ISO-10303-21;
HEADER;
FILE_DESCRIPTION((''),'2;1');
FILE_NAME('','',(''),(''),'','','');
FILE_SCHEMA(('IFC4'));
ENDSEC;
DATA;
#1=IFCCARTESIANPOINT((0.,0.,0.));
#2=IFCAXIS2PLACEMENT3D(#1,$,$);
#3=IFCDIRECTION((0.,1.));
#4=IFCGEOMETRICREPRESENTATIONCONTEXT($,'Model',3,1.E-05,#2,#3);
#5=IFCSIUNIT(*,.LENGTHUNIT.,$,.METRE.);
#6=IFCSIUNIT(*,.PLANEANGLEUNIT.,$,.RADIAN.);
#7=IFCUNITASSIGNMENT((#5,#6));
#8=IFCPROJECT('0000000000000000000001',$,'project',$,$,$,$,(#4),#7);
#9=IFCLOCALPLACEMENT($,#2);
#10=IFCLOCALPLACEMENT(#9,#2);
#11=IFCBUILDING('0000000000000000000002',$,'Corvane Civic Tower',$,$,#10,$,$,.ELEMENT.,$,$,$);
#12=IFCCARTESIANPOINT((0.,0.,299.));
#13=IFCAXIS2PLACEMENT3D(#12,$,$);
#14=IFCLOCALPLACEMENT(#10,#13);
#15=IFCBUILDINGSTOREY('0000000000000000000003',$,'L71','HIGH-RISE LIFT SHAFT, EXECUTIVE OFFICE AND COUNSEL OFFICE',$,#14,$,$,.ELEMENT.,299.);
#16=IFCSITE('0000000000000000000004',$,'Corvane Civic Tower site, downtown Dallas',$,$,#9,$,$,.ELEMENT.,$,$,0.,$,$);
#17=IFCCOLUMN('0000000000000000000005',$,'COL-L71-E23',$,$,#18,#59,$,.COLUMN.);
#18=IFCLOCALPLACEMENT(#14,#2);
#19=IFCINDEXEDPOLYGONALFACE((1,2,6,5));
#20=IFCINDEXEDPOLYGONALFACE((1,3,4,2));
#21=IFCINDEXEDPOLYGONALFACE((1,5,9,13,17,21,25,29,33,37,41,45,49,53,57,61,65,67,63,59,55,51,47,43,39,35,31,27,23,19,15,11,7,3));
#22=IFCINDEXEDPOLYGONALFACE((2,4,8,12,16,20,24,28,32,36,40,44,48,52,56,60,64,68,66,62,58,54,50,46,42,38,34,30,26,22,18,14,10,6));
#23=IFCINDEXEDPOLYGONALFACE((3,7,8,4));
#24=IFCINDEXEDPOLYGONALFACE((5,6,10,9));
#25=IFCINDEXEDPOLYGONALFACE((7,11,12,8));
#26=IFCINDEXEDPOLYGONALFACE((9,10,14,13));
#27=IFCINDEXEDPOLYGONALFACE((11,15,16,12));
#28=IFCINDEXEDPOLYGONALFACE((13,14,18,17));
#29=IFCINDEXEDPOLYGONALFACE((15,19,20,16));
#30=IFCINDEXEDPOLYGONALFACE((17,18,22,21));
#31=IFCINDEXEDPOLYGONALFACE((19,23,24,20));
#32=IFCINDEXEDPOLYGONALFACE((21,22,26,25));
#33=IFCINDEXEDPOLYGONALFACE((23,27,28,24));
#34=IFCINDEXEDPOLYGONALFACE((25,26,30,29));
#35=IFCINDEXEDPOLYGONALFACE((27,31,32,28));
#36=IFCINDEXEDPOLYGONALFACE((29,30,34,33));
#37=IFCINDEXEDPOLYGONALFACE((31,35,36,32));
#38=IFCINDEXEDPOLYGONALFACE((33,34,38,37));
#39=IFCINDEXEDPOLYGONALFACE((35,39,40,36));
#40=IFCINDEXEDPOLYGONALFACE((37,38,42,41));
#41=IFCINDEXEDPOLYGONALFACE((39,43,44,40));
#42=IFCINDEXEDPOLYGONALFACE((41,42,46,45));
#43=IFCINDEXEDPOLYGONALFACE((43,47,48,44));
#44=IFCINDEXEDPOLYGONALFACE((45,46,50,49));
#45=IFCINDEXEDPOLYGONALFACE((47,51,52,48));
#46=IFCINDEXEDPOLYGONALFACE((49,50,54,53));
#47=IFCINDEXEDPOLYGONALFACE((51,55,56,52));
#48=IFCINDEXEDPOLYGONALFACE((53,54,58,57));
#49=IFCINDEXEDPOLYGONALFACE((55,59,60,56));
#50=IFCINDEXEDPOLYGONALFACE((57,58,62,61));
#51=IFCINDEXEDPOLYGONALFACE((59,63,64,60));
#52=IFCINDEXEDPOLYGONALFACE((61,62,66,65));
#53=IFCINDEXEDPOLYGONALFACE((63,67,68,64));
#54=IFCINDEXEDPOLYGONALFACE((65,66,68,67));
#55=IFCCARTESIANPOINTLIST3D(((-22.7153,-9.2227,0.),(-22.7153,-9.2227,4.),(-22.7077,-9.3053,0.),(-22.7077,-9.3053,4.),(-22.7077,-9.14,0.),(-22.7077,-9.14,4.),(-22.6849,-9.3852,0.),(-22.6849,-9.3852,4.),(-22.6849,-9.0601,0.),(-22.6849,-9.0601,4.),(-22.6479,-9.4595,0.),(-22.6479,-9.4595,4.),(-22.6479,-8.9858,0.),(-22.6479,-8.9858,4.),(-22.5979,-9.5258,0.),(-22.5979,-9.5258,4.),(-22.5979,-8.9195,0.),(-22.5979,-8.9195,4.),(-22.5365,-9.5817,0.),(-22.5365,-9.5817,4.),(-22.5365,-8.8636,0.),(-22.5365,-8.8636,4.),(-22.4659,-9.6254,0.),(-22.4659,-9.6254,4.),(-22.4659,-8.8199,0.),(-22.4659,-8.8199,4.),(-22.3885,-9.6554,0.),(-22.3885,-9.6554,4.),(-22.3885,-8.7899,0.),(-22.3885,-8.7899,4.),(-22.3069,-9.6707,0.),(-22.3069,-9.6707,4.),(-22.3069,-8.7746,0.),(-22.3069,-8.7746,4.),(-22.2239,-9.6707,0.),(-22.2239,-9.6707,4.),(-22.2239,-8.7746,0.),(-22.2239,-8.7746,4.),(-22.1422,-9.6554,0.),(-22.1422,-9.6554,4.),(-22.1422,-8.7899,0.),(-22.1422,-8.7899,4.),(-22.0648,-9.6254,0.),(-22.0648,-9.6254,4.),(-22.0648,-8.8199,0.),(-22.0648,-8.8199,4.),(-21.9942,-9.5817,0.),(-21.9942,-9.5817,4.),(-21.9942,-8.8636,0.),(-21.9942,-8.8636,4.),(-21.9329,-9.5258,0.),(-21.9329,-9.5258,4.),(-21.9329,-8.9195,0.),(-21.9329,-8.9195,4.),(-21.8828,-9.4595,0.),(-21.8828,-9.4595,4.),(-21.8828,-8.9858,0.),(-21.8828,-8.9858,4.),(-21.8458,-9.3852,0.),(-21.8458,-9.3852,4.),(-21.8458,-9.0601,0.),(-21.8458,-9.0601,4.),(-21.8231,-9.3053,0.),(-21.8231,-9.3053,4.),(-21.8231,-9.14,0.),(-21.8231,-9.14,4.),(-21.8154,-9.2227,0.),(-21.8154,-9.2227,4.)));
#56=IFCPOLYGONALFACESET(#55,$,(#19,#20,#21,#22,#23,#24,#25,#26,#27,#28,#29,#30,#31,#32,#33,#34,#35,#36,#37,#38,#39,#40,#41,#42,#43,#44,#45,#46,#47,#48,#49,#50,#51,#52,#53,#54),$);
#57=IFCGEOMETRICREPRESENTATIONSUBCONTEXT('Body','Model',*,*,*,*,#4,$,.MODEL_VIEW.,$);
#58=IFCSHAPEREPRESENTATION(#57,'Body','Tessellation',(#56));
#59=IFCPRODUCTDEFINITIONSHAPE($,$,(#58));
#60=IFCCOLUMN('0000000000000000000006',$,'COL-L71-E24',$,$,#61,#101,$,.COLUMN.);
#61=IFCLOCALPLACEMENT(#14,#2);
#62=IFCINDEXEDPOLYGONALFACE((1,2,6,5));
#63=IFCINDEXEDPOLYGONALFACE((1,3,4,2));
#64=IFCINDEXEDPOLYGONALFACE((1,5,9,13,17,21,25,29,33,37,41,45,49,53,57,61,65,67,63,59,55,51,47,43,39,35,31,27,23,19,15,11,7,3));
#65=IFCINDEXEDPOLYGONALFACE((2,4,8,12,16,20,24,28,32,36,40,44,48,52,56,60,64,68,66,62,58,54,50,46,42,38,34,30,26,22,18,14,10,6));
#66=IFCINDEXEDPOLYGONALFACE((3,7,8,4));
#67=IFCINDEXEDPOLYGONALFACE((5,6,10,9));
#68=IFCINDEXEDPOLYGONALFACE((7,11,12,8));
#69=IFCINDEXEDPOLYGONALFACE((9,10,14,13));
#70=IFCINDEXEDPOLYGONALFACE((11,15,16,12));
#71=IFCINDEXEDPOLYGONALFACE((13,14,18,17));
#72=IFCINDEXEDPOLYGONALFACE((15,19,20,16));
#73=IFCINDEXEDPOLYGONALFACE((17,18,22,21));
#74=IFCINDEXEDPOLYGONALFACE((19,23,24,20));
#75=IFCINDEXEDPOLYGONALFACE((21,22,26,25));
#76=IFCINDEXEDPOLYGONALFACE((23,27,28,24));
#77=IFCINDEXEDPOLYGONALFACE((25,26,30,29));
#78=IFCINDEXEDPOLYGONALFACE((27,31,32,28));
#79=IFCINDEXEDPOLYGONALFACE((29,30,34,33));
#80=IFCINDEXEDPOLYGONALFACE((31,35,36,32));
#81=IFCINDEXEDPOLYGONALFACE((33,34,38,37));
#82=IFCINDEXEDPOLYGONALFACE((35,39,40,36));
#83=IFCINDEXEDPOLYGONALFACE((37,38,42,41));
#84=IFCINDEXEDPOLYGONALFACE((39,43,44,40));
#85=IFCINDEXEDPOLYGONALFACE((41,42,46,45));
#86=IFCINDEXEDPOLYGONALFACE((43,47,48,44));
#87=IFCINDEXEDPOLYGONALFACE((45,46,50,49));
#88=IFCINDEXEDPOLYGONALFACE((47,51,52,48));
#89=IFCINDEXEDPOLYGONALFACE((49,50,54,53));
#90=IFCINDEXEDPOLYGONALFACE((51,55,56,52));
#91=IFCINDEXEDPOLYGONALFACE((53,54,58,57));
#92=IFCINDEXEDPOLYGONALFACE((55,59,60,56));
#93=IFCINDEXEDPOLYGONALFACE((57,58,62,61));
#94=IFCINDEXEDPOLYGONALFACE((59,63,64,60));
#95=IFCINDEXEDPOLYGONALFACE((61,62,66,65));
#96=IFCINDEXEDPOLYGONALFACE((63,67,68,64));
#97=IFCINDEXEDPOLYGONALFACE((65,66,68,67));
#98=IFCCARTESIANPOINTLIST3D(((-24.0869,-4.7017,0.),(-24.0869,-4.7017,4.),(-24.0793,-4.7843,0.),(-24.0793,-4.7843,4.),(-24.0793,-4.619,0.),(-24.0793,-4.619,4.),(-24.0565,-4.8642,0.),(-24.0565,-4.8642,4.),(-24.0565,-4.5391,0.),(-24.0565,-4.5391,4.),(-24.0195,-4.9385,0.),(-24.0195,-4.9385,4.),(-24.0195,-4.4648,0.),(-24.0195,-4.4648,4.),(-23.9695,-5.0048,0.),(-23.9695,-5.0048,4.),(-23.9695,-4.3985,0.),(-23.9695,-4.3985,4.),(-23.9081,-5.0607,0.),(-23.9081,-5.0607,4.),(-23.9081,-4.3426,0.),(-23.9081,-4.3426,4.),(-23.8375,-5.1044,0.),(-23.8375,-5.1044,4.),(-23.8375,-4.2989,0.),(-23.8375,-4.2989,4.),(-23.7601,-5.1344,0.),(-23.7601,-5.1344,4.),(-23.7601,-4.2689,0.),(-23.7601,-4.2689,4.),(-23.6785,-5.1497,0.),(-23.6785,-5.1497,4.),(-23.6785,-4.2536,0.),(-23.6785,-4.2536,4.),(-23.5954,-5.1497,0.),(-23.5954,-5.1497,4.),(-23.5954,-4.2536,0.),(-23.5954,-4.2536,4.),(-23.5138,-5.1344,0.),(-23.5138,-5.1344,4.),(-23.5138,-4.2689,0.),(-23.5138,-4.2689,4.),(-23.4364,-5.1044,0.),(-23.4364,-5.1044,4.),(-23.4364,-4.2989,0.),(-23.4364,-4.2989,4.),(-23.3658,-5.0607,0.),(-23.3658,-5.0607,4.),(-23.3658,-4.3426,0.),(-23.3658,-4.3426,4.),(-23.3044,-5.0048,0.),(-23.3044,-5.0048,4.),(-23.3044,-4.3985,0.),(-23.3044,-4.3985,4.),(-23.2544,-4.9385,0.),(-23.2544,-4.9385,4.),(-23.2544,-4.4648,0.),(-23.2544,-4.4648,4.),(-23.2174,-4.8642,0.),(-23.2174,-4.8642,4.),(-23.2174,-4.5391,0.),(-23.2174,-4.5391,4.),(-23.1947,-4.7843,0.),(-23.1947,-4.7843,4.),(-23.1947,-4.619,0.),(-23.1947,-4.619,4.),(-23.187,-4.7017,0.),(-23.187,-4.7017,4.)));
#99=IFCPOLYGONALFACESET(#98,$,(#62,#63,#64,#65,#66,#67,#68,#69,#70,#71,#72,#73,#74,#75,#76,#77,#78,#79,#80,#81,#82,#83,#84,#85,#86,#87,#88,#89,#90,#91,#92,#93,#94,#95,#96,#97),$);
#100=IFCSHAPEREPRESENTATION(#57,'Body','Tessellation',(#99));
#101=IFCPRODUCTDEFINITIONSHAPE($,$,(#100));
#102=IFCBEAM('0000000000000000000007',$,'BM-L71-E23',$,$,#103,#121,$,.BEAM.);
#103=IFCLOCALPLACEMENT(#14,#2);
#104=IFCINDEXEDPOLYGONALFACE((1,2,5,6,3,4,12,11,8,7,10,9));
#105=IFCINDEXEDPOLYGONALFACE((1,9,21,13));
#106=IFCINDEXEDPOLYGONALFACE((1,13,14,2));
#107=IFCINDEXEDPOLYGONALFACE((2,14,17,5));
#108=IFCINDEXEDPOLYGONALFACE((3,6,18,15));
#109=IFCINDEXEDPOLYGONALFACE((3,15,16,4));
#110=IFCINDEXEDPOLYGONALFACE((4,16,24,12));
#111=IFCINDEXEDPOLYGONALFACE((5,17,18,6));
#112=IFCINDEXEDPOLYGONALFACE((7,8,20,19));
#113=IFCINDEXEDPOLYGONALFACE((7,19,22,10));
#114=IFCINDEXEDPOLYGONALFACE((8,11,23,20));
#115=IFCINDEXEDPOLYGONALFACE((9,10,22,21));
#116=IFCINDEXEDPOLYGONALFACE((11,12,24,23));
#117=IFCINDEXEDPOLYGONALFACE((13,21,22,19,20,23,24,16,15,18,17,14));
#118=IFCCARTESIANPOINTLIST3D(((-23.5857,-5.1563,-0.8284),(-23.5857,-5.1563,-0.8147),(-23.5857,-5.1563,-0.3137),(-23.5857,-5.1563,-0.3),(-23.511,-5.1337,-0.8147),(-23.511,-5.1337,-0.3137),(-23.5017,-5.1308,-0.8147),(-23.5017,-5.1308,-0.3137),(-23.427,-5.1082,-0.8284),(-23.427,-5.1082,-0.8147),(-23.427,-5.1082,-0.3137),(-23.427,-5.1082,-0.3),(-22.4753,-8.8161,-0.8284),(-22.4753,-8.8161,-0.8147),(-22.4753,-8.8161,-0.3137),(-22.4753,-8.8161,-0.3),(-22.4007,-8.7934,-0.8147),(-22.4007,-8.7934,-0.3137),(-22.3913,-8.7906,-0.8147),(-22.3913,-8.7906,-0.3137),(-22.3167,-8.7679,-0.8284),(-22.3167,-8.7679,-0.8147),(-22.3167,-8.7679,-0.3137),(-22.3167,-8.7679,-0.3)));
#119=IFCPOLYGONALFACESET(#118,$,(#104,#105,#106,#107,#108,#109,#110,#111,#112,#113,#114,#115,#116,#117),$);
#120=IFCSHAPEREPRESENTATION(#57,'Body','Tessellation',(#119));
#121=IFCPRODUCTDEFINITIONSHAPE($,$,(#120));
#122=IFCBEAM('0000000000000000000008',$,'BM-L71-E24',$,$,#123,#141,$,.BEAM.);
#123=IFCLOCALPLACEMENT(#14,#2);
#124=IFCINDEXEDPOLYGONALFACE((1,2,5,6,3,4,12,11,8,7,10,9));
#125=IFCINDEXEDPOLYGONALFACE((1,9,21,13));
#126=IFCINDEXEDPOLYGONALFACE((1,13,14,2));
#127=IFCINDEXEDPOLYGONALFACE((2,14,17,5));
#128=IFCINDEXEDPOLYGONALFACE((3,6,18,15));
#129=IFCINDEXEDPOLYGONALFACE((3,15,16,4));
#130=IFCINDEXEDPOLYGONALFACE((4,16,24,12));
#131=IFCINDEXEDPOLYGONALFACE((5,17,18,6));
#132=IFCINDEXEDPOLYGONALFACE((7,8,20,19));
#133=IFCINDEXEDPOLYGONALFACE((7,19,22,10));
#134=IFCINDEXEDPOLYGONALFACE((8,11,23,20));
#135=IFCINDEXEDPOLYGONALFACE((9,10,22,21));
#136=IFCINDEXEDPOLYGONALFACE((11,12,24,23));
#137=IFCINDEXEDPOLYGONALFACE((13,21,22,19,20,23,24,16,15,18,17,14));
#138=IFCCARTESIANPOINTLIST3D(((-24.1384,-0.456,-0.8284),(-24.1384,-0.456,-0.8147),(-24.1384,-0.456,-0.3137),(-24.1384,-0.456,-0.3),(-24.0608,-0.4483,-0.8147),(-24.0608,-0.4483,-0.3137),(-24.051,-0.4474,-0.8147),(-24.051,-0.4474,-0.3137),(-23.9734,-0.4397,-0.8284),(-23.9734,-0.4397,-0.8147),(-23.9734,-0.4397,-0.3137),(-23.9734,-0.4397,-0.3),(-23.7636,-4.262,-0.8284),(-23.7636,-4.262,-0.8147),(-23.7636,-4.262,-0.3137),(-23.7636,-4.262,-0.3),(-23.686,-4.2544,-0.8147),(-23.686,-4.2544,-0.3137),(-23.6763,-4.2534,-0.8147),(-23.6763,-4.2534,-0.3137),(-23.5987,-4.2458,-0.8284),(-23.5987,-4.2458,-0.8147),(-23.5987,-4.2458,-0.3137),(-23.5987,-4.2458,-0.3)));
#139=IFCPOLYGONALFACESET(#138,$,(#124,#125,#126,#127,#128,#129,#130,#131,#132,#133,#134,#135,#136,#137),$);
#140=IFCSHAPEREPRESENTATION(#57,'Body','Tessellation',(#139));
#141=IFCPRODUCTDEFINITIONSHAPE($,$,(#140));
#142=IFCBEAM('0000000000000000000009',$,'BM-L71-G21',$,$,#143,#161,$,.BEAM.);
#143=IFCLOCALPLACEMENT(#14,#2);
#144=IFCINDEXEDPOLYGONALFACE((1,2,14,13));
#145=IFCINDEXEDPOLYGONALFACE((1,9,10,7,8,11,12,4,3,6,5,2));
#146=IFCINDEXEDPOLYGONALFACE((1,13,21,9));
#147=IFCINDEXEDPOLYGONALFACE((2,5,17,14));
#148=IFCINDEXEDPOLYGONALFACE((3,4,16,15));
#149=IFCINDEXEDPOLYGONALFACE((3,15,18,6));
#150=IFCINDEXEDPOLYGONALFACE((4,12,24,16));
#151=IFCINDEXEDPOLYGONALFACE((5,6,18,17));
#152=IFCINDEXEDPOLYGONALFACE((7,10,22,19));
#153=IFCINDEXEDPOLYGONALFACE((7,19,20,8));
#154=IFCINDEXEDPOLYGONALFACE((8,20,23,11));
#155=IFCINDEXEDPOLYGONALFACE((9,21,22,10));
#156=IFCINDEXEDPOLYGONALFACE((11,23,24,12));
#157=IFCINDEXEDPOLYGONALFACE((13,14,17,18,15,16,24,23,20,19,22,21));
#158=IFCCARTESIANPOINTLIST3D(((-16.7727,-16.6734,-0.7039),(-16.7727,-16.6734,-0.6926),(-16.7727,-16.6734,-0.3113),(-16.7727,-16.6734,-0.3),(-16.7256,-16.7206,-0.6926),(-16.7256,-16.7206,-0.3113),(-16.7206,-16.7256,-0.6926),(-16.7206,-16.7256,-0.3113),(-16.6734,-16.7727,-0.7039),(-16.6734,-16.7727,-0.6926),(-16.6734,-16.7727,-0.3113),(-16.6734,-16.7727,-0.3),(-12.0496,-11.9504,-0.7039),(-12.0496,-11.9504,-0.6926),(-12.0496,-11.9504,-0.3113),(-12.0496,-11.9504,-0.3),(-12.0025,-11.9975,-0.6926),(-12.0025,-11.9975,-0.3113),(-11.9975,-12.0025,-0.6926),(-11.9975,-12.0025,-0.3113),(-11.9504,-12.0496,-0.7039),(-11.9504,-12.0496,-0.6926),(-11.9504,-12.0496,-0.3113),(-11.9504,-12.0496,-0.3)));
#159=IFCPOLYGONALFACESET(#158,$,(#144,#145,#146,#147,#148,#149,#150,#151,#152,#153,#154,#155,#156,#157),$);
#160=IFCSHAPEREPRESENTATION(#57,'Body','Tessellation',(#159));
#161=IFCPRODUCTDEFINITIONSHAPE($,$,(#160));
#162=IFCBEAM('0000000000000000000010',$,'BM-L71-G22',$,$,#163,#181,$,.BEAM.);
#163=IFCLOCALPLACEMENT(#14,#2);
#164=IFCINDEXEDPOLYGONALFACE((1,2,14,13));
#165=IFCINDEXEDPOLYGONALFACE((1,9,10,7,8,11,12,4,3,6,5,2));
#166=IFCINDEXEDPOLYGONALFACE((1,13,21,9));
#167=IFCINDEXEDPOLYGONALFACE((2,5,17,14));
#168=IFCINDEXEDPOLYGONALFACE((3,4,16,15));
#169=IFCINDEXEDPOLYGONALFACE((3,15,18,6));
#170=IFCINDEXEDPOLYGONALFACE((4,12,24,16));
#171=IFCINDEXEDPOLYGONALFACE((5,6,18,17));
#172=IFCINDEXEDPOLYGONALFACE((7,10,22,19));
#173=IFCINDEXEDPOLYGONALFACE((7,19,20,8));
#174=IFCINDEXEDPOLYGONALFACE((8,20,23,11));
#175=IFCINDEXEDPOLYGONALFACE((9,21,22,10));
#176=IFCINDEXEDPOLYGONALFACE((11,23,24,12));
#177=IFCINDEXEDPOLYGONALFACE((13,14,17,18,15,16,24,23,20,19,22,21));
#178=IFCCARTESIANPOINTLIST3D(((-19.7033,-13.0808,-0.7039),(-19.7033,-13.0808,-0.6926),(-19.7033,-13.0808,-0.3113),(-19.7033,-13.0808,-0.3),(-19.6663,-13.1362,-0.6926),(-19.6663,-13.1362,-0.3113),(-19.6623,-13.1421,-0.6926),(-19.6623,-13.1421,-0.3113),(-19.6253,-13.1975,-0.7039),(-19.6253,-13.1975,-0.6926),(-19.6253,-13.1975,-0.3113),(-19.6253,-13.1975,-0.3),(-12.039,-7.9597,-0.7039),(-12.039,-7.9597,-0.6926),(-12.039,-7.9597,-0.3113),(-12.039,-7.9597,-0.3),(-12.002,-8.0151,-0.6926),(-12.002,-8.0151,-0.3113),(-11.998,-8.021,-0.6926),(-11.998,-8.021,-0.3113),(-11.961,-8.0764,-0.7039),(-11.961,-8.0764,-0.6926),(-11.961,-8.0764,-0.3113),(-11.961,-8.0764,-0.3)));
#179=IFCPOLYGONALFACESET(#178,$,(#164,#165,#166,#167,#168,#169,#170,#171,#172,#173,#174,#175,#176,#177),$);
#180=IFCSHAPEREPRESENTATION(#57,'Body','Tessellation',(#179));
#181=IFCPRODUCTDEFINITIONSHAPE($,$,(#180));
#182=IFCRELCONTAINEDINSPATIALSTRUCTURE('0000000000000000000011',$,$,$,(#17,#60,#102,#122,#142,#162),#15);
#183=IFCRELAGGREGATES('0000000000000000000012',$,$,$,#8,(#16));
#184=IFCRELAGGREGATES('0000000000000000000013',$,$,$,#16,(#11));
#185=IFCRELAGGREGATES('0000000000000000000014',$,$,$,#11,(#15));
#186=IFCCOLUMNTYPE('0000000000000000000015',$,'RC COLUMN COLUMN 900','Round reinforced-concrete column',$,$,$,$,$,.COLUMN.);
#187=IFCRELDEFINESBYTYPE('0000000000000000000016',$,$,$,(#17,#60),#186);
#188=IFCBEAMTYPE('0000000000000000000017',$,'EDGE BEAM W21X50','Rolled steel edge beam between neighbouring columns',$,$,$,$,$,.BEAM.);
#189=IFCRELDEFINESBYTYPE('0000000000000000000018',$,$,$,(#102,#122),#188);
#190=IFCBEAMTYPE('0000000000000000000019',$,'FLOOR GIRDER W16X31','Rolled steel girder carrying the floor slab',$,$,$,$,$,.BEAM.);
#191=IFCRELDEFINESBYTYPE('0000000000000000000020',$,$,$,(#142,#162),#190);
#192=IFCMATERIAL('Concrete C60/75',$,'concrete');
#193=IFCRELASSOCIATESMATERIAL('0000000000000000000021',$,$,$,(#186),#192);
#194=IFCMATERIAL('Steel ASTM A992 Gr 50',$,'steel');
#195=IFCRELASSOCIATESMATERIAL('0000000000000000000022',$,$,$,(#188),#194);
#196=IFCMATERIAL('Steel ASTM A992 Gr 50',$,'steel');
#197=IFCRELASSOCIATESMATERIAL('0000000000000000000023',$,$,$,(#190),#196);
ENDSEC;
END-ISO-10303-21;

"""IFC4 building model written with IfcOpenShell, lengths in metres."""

from ifc_helpers import new_model, si_unit, direction, frame, origin, origin_2d, place, context, subcontext, project, spatial, circle, i_section, extrude, material, material_profile, profile_set, type_object, element, save


model = new_model("IFC4")

# Units and contexts
model_context = context("Model", 3, precision=1e-05, world=origin(), true_north=direction((0.0, 1.0)))
body_context = subcontext(model_context, "Body", "Model", "MODEL_VIEW")
ifc_project = project(units=[si_unit("LENGTHUNIT", "METRE"), si_unit("PLANEANGLEUNIT", "RADIAN")], contexts=[model_context])

# Site, building, storey
site_placement = place(None, origin())
site = spatial("IfcSite", under=ifc_project, at=site_placement, Name="Corvane Civic Tower site, downtown Dallas", CompositionType="ELEMENT", RefElevation=0.0)
building_placement = place(site_placement, origin())
building = spatial("IfcBuilding", under=site, at=building_placement, Name="Corvane Civic Tower", CompositionType="ELEMENT")
storey_placement = place(building_placement, frame((0.0, 0.0, 299.0)))
storey = spatial("IfcBuildingStorey", under=building, at=storey_placement, Name="L71", Description="HIGH-RISE LIFT SHAFT, EXECUTIVE OFFICE AND COUNSEL OFFICE", CompositionType="ELEMENT", Elevation=299.0)

# Columns
ifc_material_1 = material(Name="Concrete C60/75", Category="concrete")
ifc_material_profile_1 = material_profile(ifc_material_1, circle(Radius=0.45, at=origin_2d()), Name="COLUMN 900")
ifc_profile_set_1 = profile_set([ifc_material_profile_1], Name="Concrete C60/75")
column_type = type_object("IfcColumnType", Name="RC COLUMN COLUMN 900", Description="Round reinforced-concrete column", PredefinedType="COLUMN", material=ifc_profile_set_1)
for number, where, z_axis, x_axis, name in (
    (1, (-22.2654, -9.2227, 0.0), (0.0, 0.0, 1.0), (1.0, 0.0, 0.0), "COL-L71-E23"),
    (2, (-23.637, -4.7017, 0.0), (0.0, 0.0, 1.0), (1.0, 0.0, 0.0), "COL-L71-E24"),
):
    element("IfcColumn", number, at=place(storey_placement, frame(where, z_axis=z_axis, x_axis=x_axis)), inside=storey, type_object=column_type, Name=name, PredefinedType="COLUMN", context=body_context, shape_type="SweptSolid", body=[
        extrude(circle(Radius=0.45, at=origin_2d()), origin(), (0.0, 0.0, 1.0), 4.0),
    ])

# Beams
ifc_material_2 = material(Name="Steel ASTM A992 Gr 50", Category="steel")
ifc_material_profile_2 = material_profile(ifc_material_2, i_section(OverallWidth=0.1658, OverallDepth=0.5283, WebThickness=0.0098, FlangeThickness=0.0137, at=origin_2d()), Name="W21X50")
ifc_profile_set_2 = profile_set([ifc_material_profile_2], Name="Steel ASTM A992 Gr 50")
beam_type_1 = type_object("IfcBeamType", Name="EDGE BEAM W21X50", Description="Rolled steel edge beam between neighbouring columns", PredefinedType="BEAM", material=ifc_profile_set_2)
for number, where, z_axis, x_axis, name in (
    (3, (-22.396, -8.792, -0.5642), (-0.290333, 0.956926, 0.0), (-0.956926, -0.290333, 0.0), "BM-L71-E23"),
    (4, (-23.6812, -4.2539, -0.5642), (-0.097987, 0.995188, 0.0), (-0.995188, -0.097987, 0.0), "BM-L71-E24"),
):
    element("IfcBeam", number, at=place(storey_placement, frame(where, z_axis=z_axis, x_axis=x_axis)), inside=storey, type_object=beam_type_1, Name=name, PredefinedType="BEAM", context=body_context, shape_type="SweptSolid", body=[
        extrude(i_section(OverallWidth=0.1658, OverallDepth=0.5283, WebThickness=0.0098, FlangeThickness=0.0137, at=origin_2d()), origin(), (0.0, 0.0, 1.0), 3.8245),
    ])
ifc_material_3 = material(Name="Steel ASTM A992 Gr 50", Category="steel")
ifc_material_profile_3 = material_profile(ifc_material_3, i_section(OverallWidth=0.1404, OverallDepth=0.4038, WebThickness=0.0071, FlangeThickness=0.0112, at=origin_2d()), Name="W16X31")
ifc_profile_set_3 = profile_set([ifc_material_profile_3], Name="Steel ASTM A992 Gr 50")
beam_type_2 = type_object("IfcBeamType", Name="FLOOR GIRDER W16X31", Description="Rolled steel girder carrying the floor slab", PredefinedType="BEAM", material=ifc_profile_set_3)
beam_1_placement = place(storey_placement, frame((-12.0, -12.0, -0.502), z_axis=(-0.707107, -0.707107, 0.0), x_axis=(0.707107, -0.707107, 0.0)))
element("IfcBeam", 5, at=beam_1_placement, inside=storey, type_object=beam_type_2, Name="BM-L71-G21", PredefinedType="BEAM", context=body_context, shape_type="SweptSolid", body=[
    extrude(i_section(OverallWidth=0.1404, OverallDepth=0.4038, WebThickness=0.0071, FlangeThickness=0.0112, at=origin_2d()), origin(), (0.0, 0.0, 1.0), 6.6794),
])
beam_2_placement = place(storey_placement, frame((-12.0, -8.0181, -0.502), z_axis=(-0.831471, -0.555568, 0.0), x_axis=(0.555568, -0.831471, 0.0)))
element("IfcBeam", 6, at=beam_2_placement, inside=storey, type_object=beam_type_2, Name="BM-L71-G22", PredefinedType="BEAM", context=body_context, shape_type="SweptSolid", body=[
    extrude(i_section(OverallWidth=0.1404, OverallDepth=0.4038, WebThickness=0.0071, FlangeThickness=0.0112, at=origin_2d()), origin(), (0.0, 0.0, 1.0), 9.2178),
])

save(model, "model.ifc")
